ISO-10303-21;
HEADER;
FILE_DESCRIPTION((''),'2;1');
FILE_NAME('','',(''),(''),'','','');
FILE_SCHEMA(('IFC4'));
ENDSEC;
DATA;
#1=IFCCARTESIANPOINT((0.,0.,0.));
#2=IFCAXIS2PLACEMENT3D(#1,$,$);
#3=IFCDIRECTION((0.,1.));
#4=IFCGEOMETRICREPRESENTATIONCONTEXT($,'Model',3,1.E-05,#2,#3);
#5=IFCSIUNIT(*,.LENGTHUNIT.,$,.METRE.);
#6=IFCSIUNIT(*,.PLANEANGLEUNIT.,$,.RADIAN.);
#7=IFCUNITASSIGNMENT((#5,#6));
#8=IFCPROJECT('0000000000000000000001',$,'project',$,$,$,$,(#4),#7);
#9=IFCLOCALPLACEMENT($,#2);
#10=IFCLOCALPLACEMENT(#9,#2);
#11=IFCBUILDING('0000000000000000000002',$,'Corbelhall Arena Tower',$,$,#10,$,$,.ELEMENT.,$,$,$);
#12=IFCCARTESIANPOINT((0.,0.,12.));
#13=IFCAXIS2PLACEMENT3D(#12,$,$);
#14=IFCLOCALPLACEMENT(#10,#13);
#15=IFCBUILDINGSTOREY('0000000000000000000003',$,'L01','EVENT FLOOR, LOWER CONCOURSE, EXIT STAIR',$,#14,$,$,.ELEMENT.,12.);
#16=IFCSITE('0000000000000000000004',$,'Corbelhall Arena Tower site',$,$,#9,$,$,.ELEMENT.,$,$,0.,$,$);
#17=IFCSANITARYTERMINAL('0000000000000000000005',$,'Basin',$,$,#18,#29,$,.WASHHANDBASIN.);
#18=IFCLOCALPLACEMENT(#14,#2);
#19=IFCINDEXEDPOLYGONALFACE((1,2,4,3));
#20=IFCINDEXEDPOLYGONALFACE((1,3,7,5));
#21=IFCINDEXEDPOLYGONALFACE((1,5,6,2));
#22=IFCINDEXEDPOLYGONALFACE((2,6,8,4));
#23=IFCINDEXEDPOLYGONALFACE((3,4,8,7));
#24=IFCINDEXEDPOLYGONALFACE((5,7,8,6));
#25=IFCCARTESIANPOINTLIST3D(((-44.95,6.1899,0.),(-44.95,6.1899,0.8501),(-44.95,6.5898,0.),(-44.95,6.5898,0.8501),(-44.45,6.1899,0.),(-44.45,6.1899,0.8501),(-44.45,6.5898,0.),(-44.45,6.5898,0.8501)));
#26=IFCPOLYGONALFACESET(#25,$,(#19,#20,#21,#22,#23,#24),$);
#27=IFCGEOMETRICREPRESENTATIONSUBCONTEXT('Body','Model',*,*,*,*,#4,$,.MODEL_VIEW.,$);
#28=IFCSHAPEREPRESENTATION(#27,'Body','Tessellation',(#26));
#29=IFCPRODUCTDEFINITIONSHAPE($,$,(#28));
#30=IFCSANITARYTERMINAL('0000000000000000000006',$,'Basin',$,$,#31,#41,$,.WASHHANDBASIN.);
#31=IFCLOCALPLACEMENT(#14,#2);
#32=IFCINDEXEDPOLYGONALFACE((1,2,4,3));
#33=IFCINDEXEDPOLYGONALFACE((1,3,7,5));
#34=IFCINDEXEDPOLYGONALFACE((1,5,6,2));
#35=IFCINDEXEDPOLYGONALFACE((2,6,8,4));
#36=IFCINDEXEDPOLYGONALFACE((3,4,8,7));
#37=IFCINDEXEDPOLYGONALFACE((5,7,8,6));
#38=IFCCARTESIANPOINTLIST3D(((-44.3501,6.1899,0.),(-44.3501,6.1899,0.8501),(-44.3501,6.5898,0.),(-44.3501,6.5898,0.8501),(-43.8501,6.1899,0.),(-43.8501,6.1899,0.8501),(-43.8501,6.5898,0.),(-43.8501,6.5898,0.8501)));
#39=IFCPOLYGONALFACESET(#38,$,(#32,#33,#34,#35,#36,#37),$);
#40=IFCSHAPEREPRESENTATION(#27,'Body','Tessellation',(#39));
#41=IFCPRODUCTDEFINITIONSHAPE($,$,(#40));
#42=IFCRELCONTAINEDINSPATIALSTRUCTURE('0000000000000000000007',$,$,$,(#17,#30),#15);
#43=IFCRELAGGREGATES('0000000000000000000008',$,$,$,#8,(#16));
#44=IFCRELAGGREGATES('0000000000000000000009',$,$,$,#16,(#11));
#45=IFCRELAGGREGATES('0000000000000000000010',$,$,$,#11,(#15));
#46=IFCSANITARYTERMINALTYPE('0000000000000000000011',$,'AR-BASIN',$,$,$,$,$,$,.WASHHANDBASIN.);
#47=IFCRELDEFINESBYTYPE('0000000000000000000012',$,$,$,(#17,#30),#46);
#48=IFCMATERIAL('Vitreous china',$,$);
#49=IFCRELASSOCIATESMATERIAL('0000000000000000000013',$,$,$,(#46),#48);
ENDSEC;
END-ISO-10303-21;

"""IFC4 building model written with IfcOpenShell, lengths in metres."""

from ifc_helpers import new_model, si_unit, direction, frame, origin, origin_2d, place, context, subcontext, project, spatial, rectangle, extrude, material, type_object, element, save


model = new_model("IFC4")

# Units and contexts
model_context = context("Model", 3, precision=1e-05, world=origin(), true_north=direction((0.0, 1.0)))
body_context = subcontext(model_context, "Body", "Model", "MODEL_VIEW")
ifc_project = project(units=[si_unit("LENGTHUNIT", "METRE"), si_unit("PLANEANGLEUNIT", "RADIAN")], contexts=[model_context])

# Site, building, storey
site_placement = place(None, origin())
site = spatial("IfcSite", under=ifc_project, at=site_placement, Name="Corbelhall Arena Tower site", CompositionType="ELEMENT", RefElevation=0.0)
building_placement = place(site_placement, origin())
building = spatial("IfcBuilding", under=site, at=building_placement, Name="Corbelhall Arena Tower", CompositionType="ELEMENT")
storey_placement = place(building_placement, frame((0.0, 0.0, 12.0)))
storey = spatial("IfcBuildingStorey", under=building, at=storey_placement, Name="L01", Description="EVENT FLOOR, LOWER CONCOURSE, EXIT STAIR", CompositionType="ELEMENT", Elevation=12.0)

# Sanitary terminals
ifc_material_1 = material(Name="Vitreous china")
sanitary_terminal_type = type_object("IfcSanitaryTerminalType", Name="AR-BASIN", PredefinedType="WASHHANDBASIN", material=ifc_material_1)
for number, where, z_axis, x_axis, name in (
    (1, (-44.7, 6.3899, 0.0), (0.0, 0.0, 1.0), (1.0, 0.0, 0.0), "Basin"),
    (2, (-44.1001, 6.3899, 0.0), (0.0, 0.0, 1.0), (1.0, 0.0, 0.0), "Basin"),
):
    element("IfcSanitaryTerminal", number, at=place(storey_placement, frame(where, z_axis=z_axis, x_axis=x_axis)), inside=storey, type_object=sanitary_terminal_type, Name=name, PredefinedType="WASHHANDBASIN", context=body_context, shape_type="SweptSolid", body=[
        extrude(rectangle(XDim=0.5, YDim=0.3999, at=origin_2d()), origin(), (0.0, 0.0, 1.0), 0.8501),
    ])

save(model, "model.ifc")
